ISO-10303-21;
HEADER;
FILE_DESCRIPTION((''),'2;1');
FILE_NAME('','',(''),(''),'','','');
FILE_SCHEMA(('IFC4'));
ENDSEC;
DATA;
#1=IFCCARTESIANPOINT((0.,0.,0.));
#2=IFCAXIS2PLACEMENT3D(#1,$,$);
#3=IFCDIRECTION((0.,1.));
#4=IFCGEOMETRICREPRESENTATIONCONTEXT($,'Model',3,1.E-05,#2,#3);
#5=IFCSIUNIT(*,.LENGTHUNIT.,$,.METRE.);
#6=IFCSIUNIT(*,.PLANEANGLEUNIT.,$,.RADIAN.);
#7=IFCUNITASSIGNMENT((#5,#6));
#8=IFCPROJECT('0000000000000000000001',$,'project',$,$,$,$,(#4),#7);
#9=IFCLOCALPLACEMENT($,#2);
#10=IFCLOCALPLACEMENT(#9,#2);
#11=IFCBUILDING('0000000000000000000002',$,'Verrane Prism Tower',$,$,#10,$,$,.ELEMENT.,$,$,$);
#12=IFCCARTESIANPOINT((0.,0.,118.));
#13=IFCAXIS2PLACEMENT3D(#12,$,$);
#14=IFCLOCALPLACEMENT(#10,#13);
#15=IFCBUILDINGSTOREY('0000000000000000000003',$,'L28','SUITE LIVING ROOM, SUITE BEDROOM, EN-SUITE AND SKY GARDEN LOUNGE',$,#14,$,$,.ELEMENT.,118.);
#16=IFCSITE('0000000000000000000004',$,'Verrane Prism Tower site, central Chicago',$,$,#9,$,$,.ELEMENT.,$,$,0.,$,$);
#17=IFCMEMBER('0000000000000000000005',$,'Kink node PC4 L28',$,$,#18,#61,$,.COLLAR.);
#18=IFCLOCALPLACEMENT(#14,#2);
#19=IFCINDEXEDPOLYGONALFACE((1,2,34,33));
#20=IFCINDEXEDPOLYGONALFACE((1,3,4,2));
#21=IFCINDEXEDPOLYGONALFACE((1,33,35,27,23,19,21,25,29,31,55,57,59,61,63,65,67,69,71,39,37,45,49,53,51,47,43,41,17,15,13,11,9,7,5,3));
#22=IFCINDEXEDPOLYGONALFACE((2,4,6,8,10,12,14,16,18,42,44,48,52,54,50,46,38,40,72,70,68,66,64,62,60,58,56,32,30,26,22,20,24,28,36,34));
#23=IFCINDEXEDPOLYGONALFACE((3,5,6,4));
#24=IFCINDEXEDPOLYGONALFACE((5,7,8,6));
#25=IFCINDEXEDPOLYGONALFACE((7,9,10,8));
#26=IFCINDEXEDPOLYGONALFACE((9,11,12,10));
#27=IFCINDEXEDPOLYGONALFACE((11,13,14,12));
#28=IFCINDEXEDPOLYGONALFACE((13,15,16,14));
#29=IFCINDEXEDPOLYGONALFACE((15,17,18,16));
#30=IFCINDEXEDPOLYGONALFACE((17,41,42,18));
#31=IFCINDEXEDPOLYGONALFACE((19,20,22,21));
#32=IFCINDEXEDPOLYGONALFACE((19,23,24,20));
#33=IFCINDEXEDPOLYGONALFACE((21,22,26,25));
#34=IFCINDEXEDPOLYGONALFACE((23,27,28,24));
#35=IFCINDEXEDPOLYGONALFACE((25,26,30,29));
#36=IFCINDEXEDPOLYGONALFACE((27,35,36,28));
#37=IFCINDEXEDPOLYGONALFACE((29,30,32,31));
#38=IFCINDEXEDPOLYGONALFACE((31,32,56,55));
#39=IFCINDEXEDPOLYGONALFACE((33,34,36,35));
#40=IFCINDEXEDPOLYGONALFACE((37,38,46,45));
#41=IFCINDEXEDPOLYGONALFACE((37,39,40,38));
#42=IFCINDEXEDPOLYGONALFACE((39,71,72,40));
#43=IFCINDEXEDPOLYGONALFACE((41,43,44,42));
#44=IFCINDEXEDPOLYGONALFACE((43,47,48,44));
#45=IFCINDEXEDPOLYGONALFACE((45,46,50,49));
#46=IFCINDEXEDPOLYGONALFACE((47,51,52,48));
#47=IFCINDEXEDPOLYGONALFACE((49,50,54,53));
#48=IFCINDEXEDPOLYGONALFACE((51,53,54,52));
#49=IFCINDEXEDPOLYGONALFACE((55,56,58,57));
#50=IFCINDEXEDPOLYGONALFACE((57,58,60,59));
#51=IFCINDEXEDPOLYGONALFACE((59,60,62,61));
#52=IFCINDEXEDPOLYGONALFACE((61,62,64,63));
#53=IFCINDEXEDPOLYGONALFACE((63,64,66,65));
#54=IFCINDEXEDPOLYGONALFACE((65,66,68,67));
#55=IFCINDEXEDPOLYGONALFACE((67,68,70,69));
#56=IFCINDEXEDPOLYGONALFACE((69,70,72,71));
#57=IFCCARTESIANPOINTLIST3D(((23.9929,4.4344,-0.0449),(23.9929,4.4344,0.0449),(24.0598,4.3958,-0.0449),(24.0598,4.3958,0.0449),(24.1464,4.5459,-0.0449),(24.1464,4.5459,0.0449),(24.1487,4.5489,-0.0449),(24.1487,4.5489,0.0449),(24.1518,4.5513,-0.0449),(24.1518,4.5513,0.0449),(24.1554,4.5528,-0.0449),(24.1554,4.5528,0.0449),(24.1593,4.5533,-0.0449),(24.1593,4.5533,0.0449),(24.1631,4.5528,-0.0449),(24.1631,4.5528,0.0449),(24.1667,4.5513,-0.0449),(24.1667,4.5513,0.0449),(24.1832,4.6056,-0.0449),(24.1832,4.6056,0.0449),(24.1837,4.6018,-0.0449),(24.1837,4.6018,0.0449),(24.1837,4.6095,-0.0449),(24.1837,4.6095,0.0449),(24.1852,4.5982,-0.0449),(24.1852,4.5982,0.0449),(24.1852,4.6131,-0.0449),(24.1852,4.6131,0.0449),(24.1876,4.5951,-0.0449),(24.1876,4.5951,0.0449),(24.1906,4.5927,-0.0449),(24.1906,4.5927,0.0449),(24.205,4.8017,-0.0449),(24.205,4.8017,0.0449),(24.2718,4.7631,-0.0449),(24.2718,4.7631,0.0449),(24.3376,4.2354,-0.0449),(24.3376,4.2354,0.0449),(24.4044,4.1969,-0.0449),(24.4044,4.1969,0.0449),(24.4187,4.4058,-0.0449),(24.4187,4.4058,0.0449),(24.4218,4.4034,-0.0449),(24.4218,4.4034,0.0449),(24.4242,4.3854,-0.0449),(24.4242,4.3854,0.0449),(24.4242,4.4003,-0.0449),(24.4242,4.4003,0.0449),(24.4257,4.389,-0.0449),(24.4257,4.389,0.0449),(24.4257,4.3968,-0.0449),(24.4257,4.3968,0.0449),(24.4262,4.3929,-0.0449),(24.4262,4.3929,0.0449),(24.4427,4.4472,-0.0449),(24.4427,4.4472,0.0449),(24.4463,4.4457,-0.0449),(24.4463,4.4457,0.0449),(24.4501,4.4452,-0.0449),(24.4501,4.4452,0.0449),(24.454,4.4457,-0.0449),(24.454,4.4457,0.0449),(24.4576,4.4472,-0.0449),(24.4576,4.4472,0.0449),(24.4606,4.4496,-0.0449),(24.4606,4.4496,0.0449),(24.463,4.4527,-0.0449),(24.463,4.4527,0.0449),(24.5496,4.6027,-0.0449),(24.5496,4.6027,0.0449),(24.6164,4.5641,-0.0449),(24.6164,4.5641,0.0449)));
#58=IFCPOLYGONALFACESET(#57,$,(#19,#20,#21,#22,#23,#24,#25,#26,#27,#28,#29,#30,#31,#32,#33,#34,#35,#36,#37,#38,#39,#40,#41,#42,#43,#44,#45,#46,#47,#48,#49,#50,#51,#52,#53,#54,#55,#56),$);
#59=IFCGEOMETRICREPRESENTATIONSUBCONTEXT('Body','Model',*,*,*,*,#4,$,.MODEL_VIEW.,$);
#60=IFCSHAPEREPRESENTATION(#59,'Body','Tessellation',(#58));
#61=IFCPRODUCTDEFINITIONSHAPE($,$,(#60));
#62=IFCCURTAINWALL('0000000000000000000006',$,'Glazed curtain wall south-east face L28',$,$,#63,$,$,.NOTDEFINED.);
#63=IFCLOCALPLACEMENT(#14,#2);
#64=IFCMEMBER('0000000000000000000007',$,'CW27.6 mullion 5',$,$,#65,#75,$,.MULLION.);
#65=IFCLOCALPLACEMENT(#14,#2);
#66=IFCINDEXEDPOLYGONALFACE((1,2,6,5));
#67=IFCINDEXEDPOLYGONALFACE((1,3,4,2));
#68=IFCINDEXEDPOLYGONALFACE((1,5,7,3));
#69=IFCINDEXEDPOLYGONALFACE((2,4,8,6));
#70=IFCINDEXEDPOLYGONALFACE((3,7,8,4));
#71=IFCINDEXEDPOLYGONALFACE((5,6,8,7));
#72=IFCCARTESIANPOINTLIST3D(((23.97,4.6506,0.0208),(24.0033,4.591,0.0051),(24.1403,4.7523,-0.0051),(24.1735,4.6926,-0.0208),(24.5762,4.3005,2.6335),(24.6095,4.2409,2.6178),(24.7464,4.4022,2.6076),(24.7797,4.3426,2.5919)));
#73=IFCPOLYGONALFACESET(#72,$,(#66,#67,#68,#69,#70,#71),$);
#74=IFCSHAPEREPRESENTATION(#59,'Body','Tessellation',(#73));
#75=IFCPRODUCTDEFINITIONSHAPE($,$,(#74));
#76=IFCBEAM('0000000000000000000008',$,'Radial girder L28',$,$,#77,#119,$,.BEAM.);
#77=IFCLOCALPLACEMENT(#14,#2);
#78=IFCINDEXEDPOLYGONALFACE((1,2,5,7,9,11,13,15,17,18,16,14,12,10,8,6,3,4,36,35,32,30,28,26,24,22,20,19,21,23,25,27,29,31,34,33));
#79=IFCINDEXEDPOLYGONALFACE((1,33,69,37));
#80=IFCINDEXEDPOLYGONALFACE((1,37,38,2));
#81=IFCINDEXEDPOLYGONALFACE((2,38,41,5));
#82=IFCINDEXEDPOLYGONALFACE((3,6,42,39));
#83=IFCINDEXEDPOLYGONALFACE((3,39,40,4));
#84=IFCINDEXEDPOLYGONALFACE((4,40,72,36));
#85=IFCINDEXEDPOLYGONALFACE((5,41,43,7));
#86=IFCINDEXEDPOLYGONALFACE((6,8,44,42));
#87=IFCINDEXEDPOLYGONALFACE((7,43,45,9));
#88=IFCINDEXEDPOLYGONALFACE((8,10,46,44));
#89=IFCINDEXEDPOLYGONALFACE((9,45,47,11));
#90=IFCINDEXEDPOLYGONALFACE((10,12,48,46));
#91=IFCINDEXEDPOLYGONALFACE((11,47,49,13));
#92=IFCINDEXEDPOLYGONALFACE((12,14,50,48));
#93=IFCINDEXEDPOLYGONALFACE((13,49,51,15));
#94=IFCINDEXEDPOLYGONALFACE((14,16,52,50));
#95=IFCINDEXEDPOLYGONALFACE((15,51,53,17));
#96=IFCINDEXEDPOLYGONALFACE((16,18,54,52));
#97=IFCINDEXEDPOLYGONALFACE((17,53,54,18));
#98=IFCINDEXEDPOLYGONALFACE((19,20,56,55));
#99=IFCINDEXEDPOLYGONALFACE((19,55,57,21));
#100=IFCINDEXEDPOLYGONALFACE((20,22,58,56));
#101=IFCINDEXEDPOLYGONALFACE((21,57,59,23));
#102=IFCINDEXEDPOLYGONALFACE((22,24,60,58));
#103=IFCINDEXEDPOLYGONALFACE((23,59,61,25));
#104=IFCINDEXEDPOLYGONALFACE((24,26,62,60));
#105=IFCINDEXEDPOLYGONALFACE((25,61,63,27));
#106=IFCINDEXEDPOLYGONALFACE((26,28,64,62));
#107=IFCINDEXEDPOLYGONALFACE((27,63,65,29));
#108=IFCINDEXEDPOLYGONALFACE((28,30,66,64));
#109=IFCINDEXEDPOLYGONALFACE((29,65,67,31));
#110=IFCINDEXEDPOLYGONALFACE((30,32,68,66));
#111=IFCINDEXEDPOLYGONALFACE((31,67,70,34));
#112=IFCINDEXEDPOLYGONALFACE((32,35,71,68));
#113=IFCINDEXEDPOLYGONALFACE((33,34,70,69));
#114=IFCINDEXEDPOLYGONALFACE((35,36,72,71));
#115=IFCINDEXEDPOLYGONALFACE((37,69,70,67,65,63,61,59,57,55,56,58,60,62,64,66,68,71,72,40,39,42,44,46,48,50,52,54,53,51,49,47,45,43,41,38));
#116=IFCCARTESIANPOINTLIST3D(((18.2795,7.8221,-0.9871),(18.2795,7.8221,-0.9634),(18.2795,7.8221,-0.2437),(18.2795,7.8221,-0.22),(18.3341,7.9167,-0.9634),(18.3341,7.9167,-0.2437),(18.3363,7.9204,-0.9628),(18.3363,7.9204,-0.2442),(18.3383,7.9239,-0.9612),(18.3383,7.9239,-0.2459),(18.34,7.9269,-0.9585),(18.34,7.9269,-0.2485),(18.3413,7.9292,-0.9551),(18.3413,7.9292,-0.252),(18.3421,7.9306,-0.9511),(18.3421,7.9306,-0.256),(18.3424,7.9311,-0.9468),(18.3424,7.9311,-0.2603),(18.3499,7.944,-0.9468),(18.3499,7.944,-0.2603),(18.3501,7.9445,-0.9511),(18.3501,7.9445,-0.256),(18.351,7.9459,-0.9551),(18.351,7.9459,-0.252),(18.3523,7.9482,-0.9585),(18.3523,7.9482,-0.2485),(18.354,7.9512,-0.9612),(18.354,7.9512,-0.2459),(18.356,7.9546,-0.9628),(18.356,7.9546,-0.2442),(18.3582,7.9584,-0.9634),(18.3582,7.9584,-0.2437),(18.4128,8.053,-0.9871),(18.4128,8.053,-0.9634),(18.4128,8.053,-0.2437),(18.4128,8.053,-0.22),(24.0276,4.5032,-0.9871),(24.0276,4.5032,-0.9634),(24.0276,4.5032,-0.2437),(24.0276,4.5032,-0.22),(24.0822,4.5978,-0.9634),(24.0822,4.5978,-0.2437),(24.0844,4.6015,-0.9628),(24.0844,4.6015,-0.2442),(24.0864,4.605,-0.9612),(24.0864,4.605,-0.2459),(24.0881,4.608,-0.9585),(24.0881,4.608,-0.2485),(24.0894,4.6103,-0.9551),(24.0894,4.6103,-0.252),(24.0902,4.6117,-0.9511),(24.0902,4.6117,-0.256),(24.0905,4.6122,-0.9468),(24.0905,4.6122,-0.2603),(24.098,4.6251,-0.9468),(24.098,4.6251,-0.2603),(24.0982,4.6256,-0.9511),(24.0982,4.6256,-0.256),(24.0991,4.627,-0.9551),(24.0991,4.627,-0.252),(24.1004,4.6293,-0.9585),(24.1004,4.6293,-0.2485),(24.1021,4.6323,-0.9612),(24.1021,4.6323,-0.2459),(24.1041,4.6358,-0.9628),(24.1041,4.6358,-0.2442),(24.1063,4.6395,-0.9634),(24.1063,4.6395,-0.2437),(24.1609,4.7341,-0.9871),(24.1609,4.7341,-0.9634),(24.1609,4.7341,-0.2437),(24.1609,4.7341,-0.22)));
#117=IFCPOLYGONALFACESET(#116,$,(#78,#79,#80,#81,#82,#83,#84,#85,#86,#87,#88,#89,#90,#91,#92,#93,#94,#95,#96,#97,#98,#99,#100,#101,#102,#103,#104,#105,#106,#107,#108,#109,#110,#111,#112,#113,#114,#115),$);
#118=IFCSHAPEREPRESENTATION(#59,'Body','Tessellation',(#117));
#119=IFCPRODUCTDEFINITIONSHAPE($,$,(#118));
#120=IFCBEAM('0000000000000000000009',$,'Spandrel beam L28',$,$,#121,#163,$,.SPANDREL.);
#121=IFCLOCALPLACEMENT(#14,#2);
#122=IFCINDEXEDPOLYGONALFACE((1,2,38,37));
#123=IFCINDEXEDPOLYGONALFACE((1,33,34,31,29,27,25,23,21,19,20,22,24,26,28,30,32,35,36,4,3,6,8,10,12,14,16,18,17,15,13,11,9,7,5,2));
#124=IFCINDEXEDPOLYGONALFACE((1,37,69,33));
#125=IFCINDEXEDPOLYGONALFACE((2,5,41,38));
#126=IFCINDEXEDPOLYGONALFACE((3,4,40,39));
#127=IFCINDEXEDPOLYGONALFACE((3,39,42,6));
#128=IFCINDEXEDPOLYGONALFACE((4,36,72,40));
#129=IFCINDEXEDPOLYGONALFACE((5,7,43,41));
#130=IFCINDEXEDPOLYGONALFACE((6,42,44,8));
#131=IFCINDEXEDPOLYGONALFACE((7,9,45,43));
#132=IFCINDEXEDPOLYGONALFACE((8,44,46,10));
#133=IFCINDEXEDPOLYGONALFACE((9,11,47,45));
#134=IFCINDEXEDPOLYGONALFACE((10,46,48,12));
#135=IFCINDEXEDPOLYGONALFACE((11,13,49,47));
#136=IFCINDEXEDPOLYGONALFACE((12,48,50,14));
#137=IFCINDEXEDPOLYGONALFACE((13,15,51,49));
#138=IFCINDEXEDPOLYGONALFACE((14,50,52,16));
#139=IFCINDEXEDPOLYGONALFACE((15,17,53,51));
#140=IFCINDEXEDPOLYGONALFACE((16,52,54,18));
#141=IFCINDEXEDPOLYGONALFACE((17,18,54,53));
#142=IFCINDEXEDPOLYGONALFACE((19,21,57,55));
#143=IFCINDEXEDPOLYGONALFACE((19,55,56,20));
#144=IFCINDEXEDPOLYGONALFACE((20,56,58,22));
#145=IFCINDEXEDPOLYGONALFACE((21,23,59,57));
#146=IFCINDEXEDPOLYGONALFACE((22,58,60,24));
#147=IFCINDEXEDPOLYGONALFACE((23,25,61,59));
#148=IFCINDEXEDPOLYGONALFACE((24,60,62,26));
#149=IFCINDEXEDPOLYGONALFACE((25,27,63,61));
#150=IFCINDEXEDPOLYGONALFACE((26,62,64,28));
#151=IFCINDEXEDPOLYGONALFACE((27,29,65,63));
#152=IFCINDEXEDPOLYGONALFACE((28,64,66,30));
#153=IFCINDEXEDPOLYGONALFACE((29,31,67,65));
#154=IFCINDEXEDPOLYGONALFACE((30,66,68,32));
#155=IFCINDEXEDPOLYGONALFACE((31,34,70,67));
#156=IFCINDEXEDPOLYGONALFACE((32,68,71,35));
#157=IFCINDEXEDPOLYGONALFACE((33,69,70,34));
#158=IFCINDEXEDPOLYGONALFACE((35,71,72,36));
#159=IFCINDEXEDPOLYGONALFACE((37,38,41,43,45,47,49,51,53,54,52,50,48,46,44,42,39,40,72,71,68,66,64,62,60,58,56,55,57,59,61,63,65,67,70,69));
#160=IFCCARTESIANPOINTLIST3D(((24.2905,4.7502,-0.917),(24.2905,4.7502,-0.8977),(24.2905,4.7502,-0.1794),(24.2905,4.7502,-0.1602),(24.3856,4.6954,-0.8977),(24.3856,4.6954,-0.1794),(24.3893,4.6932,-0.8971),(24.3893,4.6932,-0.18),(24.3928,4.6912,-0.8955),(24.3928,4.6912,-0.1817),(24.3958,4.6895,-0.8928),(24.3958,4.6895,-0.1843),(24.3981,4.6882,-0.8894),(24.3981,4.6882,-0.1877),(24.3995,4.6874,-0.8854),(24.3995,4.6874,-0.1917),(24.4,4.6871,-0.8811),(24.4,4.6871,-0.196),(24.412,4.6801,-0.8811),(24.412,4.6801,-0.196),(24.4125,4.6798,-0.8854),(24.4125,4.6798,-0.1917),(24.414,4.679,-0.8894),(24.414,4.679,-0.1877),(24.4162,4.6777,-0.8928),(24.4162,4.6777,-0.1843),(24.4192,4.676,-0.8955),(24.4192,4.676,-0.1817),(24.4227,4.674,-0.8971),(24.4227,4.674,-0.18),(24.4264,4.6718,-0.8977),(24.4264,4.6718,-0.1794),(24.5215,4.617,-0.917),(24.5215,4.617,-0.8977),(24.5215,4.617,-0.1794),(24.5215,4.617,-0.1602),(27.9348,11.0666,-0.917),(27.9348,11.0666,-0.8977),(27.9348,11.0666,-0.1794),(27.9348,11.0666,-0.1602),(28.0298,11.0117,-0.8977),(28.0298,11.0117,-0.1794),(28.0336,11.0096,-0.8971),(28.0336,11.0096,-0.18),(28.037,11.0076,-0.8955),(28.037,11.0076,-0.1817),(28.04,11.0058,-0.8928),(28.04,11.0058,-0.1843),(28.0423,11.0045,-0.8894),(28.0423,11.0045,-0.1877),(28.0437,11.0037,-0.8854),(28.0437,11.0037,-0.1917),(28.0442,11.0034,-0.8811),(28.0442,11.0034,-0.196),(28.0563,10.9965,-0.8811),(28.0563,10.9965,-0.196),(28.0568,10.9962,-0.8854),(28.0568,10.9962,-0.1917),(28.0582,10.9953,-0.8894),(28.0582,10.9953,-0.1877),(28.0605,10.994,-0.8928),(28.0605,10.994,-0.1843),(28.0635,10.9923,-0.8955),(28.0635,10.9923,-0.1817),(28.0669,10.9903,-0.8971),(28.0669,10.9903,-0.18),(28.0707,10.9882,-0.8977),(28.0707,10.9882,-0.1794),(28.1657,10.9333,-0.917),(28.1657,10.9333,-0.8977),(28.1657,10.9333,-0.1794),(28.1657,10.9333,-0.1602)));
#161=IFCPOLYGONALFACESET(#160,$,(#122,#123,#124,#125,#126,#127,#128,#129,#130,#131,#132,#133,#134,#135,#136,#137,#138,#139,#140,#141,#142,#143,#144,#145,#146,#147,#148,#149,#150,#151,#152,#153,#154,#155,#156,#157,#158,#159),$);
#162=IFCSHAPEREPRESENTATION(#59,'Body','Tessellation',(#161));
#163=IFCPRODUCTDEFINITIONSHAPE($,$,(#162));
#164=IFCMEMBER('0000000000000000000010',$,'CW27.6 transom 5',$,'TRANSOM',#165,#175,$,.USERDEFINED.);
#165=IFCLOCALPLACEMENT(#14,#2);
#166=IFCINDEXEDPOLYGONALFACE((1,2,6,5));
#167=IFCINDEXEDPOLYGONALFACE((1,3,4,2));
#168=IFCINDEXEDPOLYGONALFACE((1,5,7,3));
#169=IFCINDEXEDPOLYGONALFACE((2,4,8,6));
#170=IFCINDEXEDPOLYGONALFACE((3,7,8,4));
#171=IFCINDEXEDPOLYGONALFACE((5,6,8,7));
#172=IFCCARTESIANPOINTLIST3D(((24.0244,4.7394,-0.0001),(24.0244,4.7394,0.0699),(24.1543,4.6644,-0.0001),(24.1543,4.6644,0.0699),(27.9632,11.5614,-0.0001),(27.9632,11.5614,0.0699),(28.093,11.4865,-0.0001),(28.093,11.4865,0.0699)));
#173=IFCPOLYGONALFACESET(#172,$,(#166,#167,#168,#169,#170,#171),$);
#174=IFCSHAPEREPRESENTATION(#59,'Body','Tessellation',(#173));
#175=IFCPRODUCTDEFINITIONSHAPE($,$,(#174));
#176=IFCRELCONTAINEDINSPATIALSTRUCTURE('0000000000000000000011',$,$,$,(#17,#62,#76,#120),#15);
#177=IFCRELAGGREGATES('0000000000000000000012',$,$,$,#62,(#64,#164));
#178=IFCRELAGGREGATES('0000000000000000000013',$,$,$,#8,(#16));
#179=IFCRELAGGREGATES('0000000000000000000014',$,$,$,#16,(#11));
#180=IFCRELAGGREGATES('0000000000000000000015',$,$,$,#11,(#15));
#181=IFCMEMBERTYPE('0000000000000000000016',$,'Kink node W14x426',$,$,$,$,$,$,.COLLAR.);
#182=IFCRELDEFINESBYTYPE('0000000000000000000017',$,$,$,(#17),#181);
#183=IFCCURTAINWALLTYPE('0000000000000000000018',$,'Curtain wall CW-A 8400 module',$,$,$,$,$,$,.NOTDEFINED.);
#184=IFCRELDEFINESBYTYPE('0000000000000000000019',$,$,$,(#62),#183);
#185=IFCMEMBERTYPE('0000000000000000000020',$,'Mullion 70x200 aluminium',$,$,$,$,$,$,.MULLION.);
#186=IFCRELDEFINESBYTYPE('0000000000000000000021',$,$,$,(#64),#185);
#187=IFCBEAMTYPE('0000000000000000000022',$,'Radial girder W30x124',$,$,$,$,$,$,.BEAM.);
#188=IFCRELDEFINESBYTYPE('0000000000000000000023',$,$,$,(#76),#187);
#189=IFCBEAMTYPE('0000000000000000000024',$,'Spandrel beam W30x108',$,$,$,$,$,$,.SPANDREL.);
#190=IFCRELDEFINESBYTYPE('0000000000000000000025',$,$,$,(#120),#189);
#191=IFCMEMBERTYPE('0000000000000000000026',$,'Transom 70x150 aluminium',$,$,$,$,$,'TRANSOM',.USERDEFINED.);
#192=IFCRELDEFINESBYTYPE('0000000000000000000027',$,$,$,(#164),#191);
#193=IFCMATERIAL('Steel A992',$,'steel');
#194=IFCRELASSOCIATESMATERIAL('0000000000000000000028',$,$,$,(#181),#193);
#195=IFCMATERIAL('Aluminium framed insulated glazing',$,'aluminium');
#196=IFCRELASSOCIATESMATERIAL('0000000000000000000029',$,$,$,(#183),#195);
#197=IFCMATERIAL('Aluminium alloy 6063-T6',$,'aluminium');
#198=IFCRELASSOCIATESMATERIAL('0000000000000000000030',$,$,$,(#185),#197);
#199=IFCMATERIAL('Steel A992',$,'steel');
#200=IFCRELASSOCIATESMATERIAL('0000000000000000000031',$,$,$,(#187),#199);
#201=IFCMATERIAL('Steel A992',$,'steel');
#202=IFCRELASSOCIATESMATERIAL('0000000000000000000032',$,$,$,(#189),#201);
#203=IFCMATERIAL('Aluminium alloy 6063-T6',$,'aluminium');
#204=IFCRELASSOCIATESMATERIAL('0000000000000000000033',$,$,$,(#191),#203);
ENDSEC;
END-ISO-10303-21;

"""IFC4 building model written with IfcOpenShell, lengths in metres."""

from ifc_helpers import new_model, si_unit, direction, frame, origin, origin_2d, place, context, subcontext, project, spatial, rectangle, i_section, extrude, material, material_profile, profile_set, type_object, element, aggregate, save


model = new_model("IFC4")

# Units and contexts
model_context = context("Model", 3, precision=1e-05, world=origin(), true_north=direction((0.0, 1.0)))
body_context = subcontext(model_context, "Body", "Model", "MODEL_VIEW")
ifc_project = project(units=[si_unit("LENGTHUNIT", "METRE"), si_unit("PLANEANGLEUNIT", "RADIAN")], contexts=[model_context])

# Site, building, storey
site_placement = place(None, origin())
site = spatial("IfcSite", under=ifc_project, at=site_placement, Name="Verrane Prism Tower site, central Chicago", CompositionType="ELEMENT", RefElevation=0.0)
building_placement = place(site_placement, origin())
building = spatial("IfcBuilding", under=site, at=building_placement, Name="Verrane Prism Tower", CompositionType="ELEMENT")
storey_placement = place(building_placement, frame((0.0, 0.0, 118.0)))
storey = spatial("IfcBuildingStorey", under=building, at=storey_placement, Name="L28", Description="SUITE LIVING ROOM, SUITE BEDROOM, EN-SUITE AND SKY GARDEN LOUNGE", CompositionType="ELEMENT", Elevation=118.0)

# Member
ifc_material_1 = material(Name="Steel A992", Category="steel")
ifc_material_profile_1 = material_profile(ifc_material_1, i_section(OverallWidth=0.4241, OverallDepth=0.4751, WebThickness=0.0479, FlangeThickness=0.0771, FilletRadius=0.0149, at=origin_2d()), Name="W14x426")
ifc_profile_set_1 = profile_set([ifc_material_profile_1], Name="Steel A992")
member_type_1 = type_object("IfcMemberType", Name="Kink node W14x426", PredefinedType="COLLAR", material=ifc_profile_set_1)
member_1_placement = place(storey_placement, frame((24.3047, 4.4993, -0.0449), z_axis=(0.0, 0.0, 1.0), x_axis=(-0.5, -0.866025, 0.0)))
element("IfcMember", 1, at=member_1_placement, inside=storey, type_object=member_type_1, Name="Kink node PC4 L28", PredefinedType="COLLAR", context=body_context, shape_type="SweptSolid", body=[
    extrude(i_section(OverallWidth=0.4241, OverallDepth=0.4751, WebThickness=0.0479, FlangeThickness=0.0771, FilletRadius=0.0149, at=origin_2d()), origin(), (0.0, 0.0, 1.0), 0.0898),
])

# Curtain wall, member
ifc_material_2 = material(Name="Aluminium framed insulated glazing", Category="aluminium")
curtain_wall_type = type_object("IfcCurtainWallType", Name="Curtain wall CW-A 8400 module", PredefinedType="NOTDEFINED", material=ifc_material_2)
curtain_wall_placement = place(storey_placement, origin())
curtain_wall = element("IfcCurtainWall", 2, at=curtain_wall_placement, inside=storey, type_object=curtain_wall_type, Name="Glazed curtain wall south-east face L28", PredefinedType="NOTDEFINED")
ifc_material_3 = material(Name="Aluminium alloy 6063-T6", Category="aluminium")
ifc_material_profile_2 = material_profile(ifc_material_3, rectangle(XDim=0.2, YDim=0.0701, at=origin_2d()), Name="Mullion 70x200 aluminium")
ifc_profile_set_2 = profile_set([ifc_material_profile_2], Name="Aluminium alloy 6063-T6")
member_type_2 = type_object("IfcMemberType", Name="Mullion 70x200 aluminium", PredefinedType="MULLION", material=ifc_profile_set_2)
member_2_placement = place(storey_placement, frame((24.0718, 4.6716, 0.0), z_axis=(0.224108, -0.129429, 0.965931), x_axis=(-0.85134, -0.508405, 0.129399)))
member_2 = element("IfcMember", 3, at=member_2_placement, type_object=member_type_2, Name="CW27.6 mullion 5", PredefinedType="MULLION", context=body_context, shape_type="SweptSolid", body=[
    extrude(rectangle(XDim=0.2, YDim=0.0701, at=origin_2d()), origin(), (0.0, 0.0, 1.0), 2.7048),
])

# Beams
ifc_material_4 = material(Name="Steel A992", Category="steel")
ifc_material_profile_3 = material_profile(ifc_material_4, i_section(OverallWidth=0.2666, OverallDepth=0.7671, WebThickness=0.0149, FlangeThickness=0.0237, FilletRadius=0.0166, at=origin_2d()), Name="W30x124")
ifc_profile_set_3 = profile_set([ifc_material_profile_3], Name="Steel A992")
beam_type_1 = type_object("IfcBeamType", Name="Radial girder W30x124", PredefinedType="BEAM", material=ifc_profile_set_3)
beam_1_placement = place(storey_placement, frame((24.0942, 4.6187, -0.6035), z_axis=(-0.866012, 0.500024, 0.0), x_axis=(-0.500024, -0.866012, 0.0)))
element("IfcBeam", 4, at=beam_1_placement, inside=storey, type_object=beam_type_1, Name="Radial girder L28", PredefinedType="BEAM", context=body_context, shape_type="SweptSolid", body=[
    extrude(i_section(OverallWidth=0.2666, OverallDepth=0.7671, WebThickness=0.0149, FlangeThickness=0.0237, FilletRadius=0.0166, at=origin_2d()), origin(), (0.0, 0.0, 1.0), 6.6375),
])
ifc_material_5 = material(Name="Steel A992", Category="steel")
ifc_material_profile_4 = material_profile(ifc_material_5, i_section(OverallWidth=0.2666, OverallDepth=0.7568, WebThickness=0.0139, FlangeThickness=0.0193, FilletRadius=0.0166, at=origin_2d()), Name="W30x108")
ifc_profile_set_4 = profile_set([ifc_material_profile_4], Name="Steel A992")
beam_type_2 = type_object("IfcBeamType", Name="Spandrel beam W30x108", PredefinedType="SPANDREL", material=ifc_profile_set_4)
beam_2_placement = place(storey_placement, frame((24.406, 4.6836, -0.5386), z_axis=(0.499744, 0.866173, 0.0), x_axis=(-0.866173, 0.499744, 0.0)))
element("IfcBeam", 5, at=beam_2_placement, inside=storey, type_object=beam_type_2, Name="Spandrel beam L28", PredefinedType="SPANDREL", context=body_context, shape_type="SweptSolid", body=[
    extrude(i_section(OverallWidth=0.2666, OverallDepth=0.7568, WebThickness=0.0139, FlangeThickness=0.0193, FilletRadius=0.0166, at=origin_2d()), origin(), (0.0, 0.0, 1.0), 7.2922),
])

# Member
ifc_material_6 = material(Name="Aluminium alloy 6063-T6", Category="aluminium")
ifc_material_profile_5 = material_profile(ifc_material_6, rectangle(XDim=0.1499, YDim=0.0701, at=origin_2d()), Name="Transom 70x150 aluminium")
ifc_profile_set_5 = profile_set([ifc_material_profile_5], Name="Aluminium alloy 6063-T6")
member_type_3 = type_object("IfcMemberType", Name="Transom 70x150 aluminium", ElementType="TRANSOM", PredefinedType="USERDEFINED", material=ifc_profile_set_5)
member_3_placement = place(storey_placement, frame((24.0894, 4.7019, 0.0349), z_axis=(0.500002, 0.866024, 0.0), x_axis=(-0.866024, 0.500002, 0.0)))
member_3 = element("IfcMember", 6, at=member_3_placement, type_object=member_type_3, Name="CW27.6 transom 5", ObjectType="TRANSOM", PredefinedType="USERDEFINED", context=body_context, shape_type="SweptSolid", body=[
    extrude(rectangle(XDim=0.1499, YDim=0.0701, at=origin_2d()), origin(), (0.0, 0.0, 1.0), 7.8774),
])

aggregate(curtain_wall, [member_2, member_3])

save(model, "model.ifc")
